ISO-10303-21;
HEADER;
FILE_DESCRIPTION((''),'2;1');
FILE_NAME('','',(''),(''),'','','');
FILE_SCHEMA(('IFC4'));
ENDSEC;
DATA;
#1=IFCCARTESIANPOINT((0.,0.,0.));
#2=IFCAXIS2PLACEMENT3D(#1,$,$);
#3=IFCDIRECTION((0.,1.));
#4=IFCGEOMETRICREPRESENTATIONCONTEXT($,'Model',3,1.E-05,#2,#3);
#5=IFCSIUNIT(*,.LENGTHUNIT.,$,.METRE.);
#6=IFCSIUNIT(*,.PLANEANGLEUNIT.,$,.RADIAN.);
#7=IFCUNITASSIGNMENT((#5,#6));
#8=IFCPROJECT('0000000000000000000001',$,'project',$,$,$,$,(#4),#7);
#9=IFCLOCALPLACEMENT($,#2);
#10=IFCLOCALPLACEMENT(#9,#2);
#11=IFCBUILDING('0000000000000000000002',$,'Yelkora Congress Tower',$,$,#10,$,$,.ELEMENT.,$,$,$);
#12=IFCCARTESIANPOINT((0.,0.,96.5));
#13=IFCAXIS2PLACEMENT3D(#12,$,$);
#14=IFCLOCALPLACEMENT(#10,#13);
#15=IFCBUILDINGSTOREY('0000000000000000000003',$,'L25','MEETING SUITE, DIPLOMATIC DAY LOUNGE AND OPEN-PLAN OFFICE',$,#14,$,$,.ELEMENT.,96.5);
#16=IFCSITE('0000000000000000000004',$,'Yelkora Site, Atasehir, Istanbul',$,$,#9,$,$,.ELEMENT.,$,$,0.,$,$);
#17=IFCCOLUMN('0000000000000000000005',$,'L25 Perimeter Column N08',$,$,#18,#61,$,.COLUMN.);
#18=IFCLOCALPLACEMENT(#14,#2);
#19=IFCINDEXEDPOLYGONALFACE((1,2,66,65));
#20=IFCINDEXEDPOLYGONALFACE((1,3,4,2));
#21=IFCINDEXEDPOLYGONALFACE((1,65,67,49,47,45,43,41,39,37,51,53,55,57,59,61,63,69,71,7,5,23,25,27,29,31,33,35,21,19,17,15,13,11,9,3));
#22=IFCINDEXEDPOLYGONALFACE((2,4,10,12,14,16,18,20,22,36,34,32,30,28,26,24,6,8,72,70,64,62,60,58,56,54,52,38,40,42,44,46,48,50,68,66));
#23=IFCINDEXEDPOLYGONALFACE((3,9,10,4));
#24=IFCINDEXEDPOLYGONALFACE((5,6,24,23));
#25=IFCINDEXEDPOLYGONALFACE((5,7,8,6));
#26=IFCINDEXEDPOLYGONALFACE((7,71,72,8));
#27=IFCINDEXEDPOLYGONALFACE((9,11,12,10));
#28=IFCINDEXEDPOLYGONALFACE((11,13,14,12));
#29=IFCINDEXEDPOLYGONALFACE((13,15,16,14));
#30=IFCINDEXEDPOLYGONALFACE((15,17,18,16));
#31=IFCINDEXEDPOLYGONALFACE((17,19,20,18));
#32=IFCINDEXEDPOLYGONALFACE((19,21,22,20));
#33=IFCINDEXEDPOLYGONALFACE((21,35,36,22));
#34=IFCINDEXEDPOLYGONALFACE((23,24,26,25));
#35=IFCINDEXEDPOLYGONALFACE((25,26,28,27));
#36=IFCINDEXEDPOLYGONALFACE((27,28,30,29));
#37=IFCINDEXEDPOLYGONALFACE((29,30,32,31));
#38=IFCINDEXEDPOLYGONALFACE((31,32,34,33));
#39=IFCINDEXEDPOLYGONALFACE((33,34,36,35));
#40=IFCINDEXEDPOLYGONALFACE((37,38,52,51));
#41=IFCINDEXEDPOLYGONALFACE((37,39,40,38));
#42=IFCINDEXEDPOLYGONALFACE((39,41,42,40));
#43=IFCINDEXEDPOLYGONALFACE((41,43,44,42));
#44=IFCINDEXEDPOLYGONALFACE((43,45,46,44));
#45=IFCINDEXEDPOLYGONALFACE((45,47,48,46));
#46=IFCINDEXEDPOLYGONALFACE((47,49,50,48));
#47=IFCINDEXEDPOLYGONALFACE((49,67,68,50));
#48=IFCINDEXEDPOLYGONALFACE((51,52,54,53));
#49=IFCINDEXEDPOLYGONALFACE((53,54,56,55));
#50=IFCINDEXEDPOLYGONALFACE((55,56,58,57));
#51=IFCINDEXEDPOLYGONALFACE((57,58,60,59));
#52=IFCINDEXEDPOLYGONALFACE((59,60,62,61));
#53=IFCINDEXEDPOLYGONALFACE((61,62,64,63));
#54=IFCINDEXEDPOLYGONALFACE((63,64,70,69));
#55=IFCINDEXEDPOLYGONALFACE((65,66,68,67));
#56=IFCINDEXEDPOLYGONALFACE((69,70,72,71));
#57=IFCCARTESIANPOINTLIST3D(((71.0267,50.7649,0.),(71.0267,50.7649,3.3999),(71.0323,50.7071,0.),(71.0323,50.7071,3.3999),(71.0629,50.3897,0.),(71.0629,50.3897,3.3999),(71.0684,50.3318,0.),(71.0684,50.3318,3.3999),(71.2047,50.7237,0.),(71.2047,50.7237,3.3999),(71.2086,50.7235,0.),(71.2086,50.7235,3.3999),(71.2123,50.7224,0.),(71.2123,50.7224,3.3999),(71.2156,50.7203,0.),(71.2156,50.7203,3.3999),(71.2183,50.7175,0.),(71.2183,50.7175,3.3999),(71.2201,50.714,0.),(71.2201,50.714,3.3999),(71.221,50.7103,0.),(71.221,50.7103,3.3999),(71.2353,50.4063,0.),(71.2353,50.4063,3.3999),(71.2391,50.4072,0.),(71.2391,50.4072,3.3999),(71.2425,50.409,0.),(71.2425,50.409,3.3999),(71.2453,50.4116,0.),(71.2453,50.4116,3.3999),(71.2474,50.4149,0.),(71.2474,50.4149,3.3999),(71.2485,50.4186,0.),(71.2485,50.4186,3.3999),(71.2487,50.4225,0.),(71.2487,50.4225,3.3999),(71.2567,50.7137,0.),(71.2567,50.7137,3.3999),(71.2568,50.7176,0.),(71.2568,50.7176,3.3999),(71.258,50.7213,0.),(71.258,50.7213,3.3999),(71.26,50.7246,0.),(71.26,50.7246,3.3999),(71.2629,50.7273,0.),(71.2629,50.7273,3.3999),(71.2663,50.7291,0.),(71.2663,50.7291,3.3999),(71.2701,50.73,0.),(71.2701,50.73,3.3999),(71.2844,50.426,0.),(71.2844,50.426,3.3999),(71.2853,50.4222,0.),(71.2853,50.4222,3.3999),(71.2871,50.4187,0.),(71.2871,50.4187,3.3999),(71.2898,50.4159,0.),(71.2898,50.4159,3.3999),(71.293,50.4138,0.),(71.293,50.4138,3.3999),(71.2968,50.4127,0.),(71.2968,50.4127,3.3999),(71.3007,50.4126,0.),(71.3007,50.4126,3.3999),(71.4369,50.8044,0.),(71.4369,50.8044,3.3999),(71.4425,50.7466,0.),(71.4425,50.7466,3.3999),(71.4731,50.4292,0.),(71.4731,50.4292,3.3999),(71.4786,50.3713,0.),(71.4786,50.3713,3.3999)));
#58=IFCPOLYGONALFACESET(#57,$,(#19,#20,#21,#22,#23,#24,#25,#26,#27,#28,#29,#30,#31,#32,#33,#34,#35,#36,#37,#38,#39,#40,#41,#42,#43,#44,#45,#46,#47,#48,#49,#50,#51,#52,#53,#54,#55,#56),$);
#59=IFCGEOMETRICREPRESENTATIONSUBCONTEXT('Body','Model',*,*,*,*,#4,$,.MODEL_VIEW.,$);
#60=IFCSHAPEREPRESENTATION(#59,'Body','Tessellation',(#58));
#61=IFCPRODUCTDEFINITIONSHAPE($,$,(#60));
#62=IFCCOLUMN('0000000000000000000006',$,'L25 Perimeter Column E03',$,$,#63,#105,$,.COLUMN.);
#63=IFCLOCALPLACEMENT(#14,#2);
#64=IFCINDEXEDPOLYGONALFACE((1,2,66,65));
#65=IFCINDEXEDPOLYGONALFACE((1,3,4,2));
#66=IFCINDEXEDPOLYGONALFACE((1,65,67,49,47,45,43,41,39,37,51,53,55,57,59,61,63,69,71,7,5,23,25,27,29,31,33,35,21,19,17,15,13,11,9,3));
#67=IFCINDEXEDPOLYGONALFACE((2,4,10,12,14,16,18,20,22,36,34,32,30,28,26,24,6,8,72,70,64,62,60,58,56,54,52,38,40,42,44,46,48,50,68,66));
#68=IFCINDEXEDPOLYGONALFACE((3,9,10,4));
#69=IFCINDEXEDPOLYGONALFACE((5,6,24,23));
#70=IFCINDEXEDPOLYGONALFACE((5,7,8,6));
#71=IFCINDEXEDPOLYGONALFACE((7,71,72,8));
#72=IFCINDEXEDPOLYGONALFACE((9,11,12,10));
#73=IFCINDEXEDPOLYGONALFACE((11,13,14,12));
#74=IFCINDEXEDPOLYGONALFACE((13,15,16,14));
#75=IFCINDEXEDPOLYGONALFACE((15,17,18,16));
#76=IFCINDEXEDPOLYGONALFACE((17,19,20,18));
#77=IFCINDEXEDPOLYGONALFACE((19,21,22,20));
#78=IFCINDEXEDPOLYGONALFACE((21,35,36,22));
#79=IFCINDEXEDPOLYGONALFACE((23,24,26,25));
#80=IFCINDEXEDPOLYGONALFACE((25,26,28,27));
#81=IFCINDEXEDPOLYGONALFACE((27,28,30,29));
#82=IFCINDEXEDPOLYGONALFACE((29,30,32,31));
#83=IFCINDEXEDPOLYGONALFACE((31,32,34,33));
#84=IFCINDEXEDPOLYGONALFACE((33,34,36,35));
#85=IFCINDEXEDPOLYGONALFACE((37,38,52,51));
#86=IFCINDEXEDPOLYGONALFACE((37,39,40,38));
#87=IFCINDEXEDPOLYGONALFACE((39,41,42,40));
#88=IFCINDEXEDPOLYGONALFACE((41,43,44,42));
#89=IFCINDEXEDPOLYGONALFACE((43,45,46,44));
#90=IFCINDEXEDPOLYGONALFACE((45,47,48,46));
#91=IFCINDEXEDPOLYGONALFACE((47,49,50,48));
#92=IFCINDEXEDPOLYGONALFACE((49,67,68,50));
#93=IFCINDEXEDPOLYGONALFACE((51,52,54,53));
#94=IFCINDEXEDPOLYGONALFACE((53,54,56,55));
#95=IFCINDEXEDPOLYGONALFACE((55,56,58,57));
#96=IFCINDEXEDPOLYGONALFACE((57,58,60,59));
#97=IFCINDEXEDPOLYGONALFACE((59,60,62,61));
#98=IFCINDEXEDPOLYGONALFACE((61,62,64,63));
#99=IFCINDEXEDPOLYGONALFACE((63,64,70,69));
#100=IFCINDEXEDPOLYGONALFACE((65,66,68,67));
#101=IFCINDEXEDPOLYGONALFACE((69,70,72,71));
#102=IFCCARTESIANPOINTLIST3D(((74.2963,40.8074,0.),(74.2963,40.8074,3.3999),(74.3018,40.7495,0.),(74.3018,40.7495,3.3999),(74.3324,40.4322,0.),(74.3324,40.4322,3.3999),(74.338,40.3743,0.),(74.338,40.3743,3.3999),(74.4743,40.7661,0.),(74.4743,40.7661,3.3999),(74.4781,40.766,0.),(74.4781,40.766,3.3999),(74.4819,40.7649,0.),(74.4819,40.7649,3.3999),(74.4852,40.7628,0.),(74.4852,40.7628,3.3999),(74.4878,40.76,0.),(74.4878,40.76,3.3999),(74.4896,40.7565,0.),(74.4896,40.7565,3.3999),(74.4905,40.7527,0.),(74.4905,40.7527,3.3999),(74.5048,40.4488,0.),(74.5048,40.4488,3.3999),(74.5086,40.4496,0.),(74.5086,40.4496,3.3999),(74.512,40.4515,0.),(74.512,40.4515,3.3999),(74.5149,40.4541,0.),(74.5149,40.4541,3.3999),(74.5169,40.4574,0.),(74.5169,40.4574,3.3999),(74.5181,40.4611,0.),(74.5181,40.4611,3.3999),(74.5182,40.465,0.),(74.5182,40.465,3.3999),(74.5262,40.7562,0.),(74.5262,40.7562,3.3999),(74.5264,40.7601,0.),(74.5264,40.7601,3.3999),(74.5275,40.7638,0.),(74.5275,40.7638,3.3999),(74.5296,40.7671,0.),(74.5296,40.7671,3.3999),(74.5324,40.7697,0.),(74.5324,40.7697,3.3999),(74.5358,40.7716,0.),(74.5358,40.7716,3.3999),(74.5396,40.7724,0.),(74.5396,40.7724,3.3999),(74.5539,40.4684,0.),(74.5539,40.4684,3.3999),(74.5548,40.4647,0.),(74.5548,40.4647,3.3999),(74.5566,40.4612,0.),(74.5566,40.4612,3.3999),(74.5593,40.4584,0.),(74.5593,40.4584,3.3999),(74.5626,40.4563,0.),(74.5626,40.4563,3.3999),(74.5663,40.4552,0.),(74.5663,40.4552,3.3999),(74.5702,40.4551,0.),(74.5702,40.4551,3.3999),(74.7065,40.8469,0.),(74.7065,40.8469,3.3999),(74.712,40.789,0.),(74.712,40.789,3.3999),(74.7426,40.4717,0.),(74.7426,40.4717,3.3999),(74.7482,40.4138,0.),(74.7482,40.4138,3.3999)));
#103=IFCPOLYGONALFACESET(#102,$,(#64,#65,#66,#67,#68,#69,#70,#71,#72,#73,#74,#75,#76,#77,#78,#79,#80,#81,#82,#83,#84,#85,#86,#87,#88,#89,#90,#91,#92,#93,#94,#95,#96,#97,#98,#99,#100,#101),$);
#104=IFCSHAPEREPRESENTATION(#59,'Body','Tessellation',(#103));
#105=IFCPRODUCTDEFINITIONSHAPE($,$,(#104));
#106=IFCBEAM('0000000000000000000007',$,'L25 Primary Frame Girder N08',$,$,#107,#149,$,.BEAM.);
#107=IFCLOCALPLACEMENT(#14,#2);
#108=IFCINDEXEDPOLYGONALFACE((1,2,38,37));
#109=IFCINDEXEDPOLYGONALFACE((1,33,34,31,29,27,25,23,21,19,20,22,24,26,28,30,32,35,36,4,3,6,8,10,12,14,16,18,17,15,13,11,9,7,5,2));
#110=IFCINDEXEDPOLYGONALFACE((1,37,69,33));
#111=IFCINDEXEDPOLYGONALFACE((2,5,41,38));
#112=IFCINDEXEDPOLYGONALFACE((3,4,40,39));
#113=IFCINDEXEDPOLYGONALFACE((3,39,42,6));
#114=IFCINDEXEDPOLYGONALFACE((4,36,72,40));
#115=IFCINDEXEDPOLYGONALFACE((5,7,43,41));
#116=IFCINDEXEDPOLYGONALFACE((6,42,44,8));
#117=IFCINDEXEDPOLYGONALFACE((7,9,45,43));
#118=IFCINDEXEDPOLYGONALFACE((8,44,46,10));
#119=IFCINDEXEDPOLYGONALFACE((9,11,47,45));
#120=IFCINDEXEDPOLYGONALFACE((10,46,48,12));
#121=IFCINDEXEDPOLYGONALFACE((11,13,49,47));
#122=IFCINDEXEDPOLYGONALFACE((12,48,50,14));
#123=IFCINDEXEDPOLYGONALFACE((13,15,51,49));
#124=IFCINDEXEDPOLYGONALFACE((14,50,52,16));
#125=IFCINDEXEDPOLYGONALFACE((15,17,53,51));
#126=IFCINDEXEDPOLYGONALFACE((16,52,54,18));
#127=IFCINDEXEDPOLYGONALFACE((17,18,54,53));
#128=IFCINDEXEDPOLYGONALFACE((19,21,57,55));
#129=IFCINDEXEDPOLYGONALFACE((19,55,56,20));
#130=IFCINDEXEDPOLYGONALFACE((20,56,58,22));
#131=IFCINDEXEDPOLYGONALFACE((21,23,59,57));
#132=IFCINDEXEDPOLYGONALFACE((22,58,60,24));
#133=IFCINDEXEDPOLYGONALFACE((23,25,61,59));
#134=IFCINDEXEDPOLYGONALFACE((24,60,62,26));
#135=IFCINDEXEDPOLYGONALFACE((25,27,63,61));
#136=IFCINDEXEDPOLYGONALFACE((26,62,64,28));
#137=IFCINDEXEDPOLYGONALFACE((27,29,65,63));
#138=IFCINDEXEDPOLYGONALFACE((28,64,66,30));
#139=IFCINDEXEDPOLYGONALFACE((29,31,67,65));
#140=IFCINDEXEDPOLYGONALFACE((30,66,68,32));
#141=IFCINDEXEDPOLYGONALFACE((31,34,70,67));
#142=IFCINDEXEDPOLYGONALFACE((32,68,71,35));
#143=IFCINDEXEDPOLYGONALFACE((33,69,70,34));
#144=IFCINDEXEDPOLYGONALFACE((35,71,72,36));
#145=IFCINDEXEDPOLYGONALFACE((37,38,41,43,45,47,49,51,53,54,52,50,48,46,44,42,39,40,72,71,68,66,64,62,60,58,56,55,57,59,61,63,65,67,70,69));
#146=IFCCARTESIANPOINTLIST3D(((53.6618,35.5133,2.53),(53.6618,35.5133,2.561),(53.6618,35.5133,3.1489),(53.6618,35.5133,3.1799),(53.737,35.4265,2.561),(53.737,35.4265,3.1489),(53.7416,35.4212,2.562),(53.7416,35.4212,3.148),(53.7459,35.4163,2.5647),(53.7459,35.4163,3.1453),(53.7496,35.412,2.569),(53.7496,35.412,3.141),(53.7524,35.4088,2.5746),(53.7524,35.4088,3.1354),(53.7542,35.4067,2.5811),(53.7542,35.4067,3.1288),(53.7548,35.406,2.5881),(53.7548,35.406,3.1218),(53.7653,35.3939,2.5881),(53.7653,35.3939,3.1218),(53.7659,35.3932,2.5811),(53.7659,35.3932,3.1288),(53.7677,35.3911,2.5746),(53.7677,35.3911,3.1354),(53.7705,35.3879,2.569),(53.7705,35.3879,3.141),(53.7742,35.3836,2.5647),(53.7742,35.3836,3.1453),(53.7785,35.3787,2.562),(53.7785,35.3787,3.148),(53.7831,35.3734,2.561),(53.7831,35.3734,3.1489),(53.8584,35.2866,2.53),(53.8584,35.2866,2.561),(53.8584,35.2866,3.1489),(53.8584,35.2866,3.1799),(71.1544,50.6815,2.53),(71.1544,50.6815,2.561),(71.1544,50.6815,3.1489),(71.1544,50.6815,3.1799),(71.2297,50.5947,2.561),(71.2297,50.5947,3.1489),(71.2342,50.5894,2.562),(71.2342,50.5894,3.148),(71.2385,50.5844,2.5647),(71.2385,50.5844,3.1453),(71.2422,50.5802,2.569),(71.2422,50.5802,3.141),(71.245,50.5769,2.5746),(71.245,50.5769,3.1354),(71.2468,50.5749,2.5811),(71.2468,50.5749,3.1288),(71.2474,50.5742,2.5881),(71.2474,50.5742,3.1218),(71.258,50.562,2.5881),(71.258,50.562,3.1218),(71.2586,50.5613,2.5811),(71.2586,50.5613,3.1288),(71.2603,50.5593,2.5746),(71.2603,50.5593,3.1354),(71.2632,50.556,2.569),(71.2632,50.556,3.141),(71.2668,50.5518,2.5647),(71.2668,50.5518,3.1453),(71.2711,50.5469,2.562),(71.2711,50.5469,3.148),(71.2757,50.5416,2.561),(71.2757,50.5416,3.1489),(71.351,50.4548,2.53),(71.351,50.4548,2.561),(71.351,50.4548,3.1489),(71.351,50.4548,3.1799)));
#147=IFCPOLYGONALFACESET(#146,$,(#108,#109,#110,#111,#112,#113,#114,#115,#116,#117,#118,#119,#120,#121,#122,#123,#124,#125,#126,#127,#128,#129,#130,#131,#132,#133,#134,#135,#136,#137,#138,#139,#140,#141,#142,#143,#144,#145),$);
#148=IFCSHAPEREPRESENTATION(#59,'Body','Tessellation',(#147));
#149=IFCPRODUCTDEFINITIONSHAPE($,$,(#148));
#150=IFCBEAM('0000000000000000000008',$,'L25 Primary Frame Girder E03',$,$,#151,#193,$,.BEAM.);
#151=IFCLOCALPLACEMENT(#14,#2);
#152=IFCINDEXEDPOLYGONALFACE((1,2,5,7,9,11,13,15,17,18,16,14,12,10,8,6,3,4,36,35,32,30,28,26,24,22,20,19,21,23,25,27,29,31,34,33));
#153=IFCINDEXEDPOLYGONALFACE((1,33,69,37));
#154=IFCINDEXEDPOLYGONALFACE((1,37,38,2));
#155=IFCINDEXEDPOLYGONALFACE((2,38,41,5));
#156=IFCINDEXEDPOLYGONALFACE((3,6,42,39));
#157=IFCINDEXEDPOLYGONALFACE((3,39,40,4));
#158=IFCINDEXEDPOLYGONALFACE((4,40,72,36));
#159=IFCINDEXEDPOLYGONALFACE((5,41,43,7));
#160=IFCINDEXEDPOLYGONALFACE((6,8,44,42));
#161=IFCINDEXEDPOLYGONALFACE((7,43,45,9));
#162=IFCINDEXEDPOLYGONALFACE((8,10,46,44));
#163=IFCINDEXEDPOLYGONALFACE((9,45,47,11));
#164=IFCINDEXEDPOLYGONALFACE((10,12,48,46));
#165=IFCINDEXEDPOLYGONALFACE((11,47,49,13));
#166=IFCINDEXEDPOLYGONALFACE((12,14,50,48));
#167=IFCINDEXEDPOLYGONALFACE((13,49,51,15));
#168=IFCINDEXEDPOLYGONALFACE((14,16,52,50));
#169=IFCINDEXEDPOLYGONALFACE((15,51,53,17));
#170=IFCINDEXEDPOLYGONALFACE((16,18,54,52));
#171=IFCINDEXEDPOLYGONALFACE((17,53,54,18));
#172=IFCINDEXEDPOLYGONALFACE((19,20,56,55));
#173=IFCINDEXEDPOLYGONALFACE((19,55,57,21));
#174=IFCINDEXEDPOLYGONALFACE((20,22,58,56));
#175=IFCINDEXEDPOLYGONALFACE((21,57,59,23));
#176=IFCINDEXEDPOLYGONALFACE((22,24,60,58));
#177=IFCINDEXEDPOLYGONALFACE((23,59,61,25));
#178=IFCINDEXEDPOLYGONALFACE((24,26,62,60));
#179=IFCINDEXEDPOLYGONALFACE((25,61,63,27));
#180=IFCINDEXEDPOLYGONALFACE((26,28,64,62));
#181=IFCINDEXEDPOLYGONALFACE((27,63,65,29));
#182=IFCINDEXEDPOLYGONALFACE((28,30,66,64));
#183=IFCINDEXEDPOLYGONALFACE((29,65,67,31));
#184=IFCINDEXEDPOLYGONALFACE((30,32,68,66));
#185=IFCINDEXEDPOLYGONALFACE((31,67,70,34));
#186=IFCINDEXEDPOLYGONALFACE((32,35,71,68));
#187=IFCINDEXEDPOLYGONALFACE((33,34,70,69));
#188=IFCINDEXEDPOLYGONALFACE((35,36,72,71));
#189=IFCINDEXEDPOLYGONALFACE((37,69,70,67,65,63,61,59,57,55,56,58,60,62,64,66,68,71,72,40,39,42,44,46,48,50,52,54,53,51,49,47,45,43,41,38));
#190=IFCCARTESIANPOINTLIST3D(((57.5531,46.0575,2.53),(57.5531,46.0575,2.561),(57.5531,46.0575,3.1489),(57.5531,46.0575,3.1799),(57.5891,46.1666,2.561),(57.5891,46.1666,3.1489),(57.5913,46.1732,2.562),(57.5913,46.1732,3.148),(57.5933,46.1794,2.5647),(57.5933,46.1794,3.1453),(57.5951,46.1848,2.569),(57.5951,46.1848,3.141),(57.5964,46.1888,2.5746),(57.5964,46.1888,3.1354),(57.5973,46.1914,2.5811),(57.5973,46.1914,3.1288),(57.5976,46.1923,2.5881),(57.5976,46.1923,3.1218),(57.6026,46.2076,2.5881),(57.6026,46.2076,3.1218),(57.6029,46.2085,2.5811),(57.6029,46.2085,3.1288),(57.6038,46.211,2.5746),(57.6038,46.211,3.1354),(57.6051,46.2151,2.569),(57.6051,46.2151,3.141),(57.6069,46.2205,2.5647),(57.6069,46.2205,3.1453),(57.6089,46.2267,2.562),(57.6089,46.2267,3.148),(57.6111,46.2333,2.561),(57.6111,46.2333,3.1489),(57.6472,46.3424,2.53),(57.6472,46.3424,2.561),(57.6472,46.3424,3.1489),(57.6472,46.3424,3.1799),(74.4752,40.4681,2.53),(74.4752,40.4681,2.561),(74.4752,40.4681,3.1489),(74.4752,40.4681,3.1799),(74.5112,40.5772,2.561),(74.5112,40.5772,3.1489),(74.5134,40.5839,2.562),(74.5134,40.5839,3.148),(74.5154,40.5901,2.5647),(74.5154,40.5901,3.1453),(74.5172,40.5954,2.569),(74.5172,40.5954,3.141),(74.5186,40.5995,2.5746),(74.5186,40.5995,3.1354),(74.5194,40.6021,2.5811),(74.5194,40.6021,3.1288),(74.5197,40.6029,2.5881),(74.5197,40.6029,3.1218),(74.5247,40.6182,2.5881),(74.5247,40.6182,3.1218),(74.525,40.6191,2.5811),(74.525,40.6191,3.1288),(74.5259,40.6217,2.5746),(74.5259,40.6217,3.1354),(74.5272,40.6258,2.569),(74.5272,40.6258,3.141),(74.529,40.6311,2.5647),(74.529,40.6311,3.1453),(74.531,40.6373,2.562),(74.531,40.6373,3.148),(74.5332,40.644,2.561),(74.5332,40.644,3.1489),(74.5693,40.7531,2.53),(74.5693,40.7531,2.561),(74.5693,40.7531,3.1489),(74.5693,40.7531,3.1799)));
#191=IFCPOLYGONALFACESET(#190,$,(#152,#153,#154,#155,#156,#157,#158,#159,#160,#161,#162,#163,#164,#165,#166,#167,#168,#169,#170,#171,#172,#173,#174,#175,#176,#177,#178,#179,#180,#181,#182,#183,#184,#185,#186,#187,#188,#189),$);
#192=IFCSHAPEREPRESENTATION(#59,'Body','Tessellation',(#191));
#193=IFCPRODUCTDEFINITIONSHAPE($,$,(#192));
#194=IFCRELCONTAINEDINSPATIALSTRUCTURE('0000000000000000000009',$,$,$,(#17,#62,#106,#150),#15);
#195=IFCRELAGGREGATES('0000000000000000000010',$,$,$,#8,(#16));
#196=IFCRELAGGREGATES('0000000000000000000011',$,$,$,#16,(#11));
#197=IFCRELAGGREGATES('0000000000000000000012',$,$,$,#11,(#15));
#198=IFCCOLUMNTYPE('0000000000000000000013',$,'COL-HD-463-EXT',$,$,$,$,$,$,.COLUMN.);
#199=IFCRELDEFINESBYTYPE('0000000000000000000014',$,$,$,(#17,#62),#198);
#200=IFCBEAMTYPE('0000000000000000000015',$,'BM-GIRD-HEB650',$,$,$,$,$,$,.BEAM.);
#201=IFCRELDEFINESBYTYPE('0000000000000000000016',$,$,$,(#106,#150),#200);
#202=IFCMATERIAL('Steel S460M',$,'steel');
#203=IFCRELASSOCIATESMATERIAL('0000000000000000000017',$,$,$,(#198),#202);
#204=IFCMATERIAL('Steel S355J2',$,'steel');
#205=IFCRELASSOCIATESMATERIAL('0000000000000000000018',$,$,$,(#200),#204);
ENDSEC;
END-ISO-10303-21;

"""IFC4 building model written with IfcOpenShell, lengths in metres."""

from ifc_helpers import new_model, si_unit, direction, frame, origin, origin_2d, place, context, subcontext, project, spatial, i_section, extrude, material, material_profile, profile_set, type_object, element, save


model = new_model("IFC4")

# Units and contexts
model_context = context("Model", 3, precision=1e-05, world=origin(), true_north=direction((0.0, 1.0)))
body_context = subcontext(model_context, "Body", "Model", "MODEL_VIEW")
ifc_project = project(units=[si_unit("LENGTHUNIT", "METRE"), si_unit("PLANEANGLEUNIT", "RADIAN")], contexts=[model_context])

# Site, building, storey
site_placement = place(None, origin())
site = spatial("IfcSite", under=ifc_project, at=site_placement, Name="Yelkora Site, Atasehir, Istanbul", CompositionType="ELEMENT", RefElevation=0.0)
building_placement = place(site_placement, origin())
building = spatial("IfcBuilding", under=site, at=building_placement, Name="Yelkora Congress Tower", CompositionType="ELEMENT")
storey_placement = place(building_placement, frame((0.0, 0.0, 96.5)))
storey = spatial("IfcBuildingStorey", under=building, at=storey_placement, Name="L25", Description="MEETING SUITE, DIPLOMATIC DAY LOUNGE AND OPEN-PLAN OFFICE", CompositionType="ELEMENT", Elevation=96.5)

# Columns
ifc_material_1 = material(Name="Steel S460M", Category="steel")
ifc_material_profile_1 = material_profile(ifc_material_1, i_section(OverallWidth=0.4121, OverallDepth=0.4351, WebThickness=0.0359, FlangeThickness=0.0581, FilletRadius=0.0149, at=origin_2d()), Name="HD 400x463")
ifc_profile_set_1 = profile_set([ifc_material_profile_1], Name="Steel S460M")
column_type = type_object("IfcColumnType", Name="COL-HD-463-EXT", PredefinedType="COLUMN", material=ifc_profile_set_1)
for number, where, z_axis, x_axis, name in (
    (1, (71.2527, 50.5681, 0.0), (0.0, 0.0, 1.0), (0.995396, 0.095846, 0.0), "L25 Perimeter Column N08"),
    (2, (74.5222, 40.6106, 0.0), (0.0, 0.0, 1.0), (0.995396, 0.095846, 0.0), "L25 Perimeter Column E03"),
):
    element("IfcColumn", number, at=place(storey_placement, frame(where, z_axis=z_axis, x_axis=x_axis)), inside=storey, type_object=column_type, Name=name, PredefinedType="COLUMN", context=body_context, shape_type="SweptSolid", body=[
        extrude(i_section(OverallWidth=0.4121, OverallDepth=0.4351, WebThickness=0.0359, FlangeThickness=0.0581, FilletRadius=0.0149, at=origin_2d()), origin(), (0.0, 0.0, 1.0), 3.3999),
    ])

# Beams
ifc_material_2 = material(Name="Steel S355J2", Category="steel")
ifc_material_profile_2 = material_profile(ifc_material_2, i_section(OverallWidth=0.3, OverallDepth=0.6499, WebThickness=0.0161, FlangeThickness=0.031, FilletRadius=0.0271, at=origin_2d()), Name="HEB 650")
ifc_profile_set_2 = profile_set([ifc_material_profile_2], Name="Steel S355J2")
beam_type_1 = type_object("IfcBeamType", Name="BM-GIRD-HEB650", PredefinedType="BEAM", material=ifc_profile_set_2)
beam_1_placement = place(storey_placement, frame((71.2527, 50.5681, 2.855), z_axis=(-0.75552, -0.655125, 0.0), x_axis=(0.655125, -0.75552, 0.0)))
element("IfcBeam", 3, at=beam_1_placement, inside=storey, type_object=beam_type_1, Name="L25 Primary Frame Girder N08", PredefinedType="BEAM", context=body_context, shape_type="SweptSolid", body=[
    extrude(i_section(OverallWidth=0.3, OverallDepth=0.6499, WebThickness=0.0161, FlangeThickness=0.031, FilletRadius=0.0271, at=origin_2d()), origin(), (0.0, 0.0, 1.0), 23.1531),
])
beam_2_placement = place(storey_placement, frame((74.5222, 40.6106, 2.855), z_axis=(-0.949544, 0.313633, 0.0), x_axis=(-0.313633, -0.949544, 0.0)))
element("IfcBeam", 4, at=beam_2_placement, inside=storey, type_object=beam_type_1, Name="L25 Primary Frame Girder E03", PredefinedType="BEAM", context=body_context, shape_type="SweptSolid", body=[
    extrude(i_section(OverallWidth=0.3, OverallDepth=0.6499, WebThickness=0.0161, FlangeThickness=0.031, FilletRadius=0.0271, at=origin_2d()), origin(), (0.0, 0.0, 1.0), 17.8213),
])

save(model, "model.ifc")
